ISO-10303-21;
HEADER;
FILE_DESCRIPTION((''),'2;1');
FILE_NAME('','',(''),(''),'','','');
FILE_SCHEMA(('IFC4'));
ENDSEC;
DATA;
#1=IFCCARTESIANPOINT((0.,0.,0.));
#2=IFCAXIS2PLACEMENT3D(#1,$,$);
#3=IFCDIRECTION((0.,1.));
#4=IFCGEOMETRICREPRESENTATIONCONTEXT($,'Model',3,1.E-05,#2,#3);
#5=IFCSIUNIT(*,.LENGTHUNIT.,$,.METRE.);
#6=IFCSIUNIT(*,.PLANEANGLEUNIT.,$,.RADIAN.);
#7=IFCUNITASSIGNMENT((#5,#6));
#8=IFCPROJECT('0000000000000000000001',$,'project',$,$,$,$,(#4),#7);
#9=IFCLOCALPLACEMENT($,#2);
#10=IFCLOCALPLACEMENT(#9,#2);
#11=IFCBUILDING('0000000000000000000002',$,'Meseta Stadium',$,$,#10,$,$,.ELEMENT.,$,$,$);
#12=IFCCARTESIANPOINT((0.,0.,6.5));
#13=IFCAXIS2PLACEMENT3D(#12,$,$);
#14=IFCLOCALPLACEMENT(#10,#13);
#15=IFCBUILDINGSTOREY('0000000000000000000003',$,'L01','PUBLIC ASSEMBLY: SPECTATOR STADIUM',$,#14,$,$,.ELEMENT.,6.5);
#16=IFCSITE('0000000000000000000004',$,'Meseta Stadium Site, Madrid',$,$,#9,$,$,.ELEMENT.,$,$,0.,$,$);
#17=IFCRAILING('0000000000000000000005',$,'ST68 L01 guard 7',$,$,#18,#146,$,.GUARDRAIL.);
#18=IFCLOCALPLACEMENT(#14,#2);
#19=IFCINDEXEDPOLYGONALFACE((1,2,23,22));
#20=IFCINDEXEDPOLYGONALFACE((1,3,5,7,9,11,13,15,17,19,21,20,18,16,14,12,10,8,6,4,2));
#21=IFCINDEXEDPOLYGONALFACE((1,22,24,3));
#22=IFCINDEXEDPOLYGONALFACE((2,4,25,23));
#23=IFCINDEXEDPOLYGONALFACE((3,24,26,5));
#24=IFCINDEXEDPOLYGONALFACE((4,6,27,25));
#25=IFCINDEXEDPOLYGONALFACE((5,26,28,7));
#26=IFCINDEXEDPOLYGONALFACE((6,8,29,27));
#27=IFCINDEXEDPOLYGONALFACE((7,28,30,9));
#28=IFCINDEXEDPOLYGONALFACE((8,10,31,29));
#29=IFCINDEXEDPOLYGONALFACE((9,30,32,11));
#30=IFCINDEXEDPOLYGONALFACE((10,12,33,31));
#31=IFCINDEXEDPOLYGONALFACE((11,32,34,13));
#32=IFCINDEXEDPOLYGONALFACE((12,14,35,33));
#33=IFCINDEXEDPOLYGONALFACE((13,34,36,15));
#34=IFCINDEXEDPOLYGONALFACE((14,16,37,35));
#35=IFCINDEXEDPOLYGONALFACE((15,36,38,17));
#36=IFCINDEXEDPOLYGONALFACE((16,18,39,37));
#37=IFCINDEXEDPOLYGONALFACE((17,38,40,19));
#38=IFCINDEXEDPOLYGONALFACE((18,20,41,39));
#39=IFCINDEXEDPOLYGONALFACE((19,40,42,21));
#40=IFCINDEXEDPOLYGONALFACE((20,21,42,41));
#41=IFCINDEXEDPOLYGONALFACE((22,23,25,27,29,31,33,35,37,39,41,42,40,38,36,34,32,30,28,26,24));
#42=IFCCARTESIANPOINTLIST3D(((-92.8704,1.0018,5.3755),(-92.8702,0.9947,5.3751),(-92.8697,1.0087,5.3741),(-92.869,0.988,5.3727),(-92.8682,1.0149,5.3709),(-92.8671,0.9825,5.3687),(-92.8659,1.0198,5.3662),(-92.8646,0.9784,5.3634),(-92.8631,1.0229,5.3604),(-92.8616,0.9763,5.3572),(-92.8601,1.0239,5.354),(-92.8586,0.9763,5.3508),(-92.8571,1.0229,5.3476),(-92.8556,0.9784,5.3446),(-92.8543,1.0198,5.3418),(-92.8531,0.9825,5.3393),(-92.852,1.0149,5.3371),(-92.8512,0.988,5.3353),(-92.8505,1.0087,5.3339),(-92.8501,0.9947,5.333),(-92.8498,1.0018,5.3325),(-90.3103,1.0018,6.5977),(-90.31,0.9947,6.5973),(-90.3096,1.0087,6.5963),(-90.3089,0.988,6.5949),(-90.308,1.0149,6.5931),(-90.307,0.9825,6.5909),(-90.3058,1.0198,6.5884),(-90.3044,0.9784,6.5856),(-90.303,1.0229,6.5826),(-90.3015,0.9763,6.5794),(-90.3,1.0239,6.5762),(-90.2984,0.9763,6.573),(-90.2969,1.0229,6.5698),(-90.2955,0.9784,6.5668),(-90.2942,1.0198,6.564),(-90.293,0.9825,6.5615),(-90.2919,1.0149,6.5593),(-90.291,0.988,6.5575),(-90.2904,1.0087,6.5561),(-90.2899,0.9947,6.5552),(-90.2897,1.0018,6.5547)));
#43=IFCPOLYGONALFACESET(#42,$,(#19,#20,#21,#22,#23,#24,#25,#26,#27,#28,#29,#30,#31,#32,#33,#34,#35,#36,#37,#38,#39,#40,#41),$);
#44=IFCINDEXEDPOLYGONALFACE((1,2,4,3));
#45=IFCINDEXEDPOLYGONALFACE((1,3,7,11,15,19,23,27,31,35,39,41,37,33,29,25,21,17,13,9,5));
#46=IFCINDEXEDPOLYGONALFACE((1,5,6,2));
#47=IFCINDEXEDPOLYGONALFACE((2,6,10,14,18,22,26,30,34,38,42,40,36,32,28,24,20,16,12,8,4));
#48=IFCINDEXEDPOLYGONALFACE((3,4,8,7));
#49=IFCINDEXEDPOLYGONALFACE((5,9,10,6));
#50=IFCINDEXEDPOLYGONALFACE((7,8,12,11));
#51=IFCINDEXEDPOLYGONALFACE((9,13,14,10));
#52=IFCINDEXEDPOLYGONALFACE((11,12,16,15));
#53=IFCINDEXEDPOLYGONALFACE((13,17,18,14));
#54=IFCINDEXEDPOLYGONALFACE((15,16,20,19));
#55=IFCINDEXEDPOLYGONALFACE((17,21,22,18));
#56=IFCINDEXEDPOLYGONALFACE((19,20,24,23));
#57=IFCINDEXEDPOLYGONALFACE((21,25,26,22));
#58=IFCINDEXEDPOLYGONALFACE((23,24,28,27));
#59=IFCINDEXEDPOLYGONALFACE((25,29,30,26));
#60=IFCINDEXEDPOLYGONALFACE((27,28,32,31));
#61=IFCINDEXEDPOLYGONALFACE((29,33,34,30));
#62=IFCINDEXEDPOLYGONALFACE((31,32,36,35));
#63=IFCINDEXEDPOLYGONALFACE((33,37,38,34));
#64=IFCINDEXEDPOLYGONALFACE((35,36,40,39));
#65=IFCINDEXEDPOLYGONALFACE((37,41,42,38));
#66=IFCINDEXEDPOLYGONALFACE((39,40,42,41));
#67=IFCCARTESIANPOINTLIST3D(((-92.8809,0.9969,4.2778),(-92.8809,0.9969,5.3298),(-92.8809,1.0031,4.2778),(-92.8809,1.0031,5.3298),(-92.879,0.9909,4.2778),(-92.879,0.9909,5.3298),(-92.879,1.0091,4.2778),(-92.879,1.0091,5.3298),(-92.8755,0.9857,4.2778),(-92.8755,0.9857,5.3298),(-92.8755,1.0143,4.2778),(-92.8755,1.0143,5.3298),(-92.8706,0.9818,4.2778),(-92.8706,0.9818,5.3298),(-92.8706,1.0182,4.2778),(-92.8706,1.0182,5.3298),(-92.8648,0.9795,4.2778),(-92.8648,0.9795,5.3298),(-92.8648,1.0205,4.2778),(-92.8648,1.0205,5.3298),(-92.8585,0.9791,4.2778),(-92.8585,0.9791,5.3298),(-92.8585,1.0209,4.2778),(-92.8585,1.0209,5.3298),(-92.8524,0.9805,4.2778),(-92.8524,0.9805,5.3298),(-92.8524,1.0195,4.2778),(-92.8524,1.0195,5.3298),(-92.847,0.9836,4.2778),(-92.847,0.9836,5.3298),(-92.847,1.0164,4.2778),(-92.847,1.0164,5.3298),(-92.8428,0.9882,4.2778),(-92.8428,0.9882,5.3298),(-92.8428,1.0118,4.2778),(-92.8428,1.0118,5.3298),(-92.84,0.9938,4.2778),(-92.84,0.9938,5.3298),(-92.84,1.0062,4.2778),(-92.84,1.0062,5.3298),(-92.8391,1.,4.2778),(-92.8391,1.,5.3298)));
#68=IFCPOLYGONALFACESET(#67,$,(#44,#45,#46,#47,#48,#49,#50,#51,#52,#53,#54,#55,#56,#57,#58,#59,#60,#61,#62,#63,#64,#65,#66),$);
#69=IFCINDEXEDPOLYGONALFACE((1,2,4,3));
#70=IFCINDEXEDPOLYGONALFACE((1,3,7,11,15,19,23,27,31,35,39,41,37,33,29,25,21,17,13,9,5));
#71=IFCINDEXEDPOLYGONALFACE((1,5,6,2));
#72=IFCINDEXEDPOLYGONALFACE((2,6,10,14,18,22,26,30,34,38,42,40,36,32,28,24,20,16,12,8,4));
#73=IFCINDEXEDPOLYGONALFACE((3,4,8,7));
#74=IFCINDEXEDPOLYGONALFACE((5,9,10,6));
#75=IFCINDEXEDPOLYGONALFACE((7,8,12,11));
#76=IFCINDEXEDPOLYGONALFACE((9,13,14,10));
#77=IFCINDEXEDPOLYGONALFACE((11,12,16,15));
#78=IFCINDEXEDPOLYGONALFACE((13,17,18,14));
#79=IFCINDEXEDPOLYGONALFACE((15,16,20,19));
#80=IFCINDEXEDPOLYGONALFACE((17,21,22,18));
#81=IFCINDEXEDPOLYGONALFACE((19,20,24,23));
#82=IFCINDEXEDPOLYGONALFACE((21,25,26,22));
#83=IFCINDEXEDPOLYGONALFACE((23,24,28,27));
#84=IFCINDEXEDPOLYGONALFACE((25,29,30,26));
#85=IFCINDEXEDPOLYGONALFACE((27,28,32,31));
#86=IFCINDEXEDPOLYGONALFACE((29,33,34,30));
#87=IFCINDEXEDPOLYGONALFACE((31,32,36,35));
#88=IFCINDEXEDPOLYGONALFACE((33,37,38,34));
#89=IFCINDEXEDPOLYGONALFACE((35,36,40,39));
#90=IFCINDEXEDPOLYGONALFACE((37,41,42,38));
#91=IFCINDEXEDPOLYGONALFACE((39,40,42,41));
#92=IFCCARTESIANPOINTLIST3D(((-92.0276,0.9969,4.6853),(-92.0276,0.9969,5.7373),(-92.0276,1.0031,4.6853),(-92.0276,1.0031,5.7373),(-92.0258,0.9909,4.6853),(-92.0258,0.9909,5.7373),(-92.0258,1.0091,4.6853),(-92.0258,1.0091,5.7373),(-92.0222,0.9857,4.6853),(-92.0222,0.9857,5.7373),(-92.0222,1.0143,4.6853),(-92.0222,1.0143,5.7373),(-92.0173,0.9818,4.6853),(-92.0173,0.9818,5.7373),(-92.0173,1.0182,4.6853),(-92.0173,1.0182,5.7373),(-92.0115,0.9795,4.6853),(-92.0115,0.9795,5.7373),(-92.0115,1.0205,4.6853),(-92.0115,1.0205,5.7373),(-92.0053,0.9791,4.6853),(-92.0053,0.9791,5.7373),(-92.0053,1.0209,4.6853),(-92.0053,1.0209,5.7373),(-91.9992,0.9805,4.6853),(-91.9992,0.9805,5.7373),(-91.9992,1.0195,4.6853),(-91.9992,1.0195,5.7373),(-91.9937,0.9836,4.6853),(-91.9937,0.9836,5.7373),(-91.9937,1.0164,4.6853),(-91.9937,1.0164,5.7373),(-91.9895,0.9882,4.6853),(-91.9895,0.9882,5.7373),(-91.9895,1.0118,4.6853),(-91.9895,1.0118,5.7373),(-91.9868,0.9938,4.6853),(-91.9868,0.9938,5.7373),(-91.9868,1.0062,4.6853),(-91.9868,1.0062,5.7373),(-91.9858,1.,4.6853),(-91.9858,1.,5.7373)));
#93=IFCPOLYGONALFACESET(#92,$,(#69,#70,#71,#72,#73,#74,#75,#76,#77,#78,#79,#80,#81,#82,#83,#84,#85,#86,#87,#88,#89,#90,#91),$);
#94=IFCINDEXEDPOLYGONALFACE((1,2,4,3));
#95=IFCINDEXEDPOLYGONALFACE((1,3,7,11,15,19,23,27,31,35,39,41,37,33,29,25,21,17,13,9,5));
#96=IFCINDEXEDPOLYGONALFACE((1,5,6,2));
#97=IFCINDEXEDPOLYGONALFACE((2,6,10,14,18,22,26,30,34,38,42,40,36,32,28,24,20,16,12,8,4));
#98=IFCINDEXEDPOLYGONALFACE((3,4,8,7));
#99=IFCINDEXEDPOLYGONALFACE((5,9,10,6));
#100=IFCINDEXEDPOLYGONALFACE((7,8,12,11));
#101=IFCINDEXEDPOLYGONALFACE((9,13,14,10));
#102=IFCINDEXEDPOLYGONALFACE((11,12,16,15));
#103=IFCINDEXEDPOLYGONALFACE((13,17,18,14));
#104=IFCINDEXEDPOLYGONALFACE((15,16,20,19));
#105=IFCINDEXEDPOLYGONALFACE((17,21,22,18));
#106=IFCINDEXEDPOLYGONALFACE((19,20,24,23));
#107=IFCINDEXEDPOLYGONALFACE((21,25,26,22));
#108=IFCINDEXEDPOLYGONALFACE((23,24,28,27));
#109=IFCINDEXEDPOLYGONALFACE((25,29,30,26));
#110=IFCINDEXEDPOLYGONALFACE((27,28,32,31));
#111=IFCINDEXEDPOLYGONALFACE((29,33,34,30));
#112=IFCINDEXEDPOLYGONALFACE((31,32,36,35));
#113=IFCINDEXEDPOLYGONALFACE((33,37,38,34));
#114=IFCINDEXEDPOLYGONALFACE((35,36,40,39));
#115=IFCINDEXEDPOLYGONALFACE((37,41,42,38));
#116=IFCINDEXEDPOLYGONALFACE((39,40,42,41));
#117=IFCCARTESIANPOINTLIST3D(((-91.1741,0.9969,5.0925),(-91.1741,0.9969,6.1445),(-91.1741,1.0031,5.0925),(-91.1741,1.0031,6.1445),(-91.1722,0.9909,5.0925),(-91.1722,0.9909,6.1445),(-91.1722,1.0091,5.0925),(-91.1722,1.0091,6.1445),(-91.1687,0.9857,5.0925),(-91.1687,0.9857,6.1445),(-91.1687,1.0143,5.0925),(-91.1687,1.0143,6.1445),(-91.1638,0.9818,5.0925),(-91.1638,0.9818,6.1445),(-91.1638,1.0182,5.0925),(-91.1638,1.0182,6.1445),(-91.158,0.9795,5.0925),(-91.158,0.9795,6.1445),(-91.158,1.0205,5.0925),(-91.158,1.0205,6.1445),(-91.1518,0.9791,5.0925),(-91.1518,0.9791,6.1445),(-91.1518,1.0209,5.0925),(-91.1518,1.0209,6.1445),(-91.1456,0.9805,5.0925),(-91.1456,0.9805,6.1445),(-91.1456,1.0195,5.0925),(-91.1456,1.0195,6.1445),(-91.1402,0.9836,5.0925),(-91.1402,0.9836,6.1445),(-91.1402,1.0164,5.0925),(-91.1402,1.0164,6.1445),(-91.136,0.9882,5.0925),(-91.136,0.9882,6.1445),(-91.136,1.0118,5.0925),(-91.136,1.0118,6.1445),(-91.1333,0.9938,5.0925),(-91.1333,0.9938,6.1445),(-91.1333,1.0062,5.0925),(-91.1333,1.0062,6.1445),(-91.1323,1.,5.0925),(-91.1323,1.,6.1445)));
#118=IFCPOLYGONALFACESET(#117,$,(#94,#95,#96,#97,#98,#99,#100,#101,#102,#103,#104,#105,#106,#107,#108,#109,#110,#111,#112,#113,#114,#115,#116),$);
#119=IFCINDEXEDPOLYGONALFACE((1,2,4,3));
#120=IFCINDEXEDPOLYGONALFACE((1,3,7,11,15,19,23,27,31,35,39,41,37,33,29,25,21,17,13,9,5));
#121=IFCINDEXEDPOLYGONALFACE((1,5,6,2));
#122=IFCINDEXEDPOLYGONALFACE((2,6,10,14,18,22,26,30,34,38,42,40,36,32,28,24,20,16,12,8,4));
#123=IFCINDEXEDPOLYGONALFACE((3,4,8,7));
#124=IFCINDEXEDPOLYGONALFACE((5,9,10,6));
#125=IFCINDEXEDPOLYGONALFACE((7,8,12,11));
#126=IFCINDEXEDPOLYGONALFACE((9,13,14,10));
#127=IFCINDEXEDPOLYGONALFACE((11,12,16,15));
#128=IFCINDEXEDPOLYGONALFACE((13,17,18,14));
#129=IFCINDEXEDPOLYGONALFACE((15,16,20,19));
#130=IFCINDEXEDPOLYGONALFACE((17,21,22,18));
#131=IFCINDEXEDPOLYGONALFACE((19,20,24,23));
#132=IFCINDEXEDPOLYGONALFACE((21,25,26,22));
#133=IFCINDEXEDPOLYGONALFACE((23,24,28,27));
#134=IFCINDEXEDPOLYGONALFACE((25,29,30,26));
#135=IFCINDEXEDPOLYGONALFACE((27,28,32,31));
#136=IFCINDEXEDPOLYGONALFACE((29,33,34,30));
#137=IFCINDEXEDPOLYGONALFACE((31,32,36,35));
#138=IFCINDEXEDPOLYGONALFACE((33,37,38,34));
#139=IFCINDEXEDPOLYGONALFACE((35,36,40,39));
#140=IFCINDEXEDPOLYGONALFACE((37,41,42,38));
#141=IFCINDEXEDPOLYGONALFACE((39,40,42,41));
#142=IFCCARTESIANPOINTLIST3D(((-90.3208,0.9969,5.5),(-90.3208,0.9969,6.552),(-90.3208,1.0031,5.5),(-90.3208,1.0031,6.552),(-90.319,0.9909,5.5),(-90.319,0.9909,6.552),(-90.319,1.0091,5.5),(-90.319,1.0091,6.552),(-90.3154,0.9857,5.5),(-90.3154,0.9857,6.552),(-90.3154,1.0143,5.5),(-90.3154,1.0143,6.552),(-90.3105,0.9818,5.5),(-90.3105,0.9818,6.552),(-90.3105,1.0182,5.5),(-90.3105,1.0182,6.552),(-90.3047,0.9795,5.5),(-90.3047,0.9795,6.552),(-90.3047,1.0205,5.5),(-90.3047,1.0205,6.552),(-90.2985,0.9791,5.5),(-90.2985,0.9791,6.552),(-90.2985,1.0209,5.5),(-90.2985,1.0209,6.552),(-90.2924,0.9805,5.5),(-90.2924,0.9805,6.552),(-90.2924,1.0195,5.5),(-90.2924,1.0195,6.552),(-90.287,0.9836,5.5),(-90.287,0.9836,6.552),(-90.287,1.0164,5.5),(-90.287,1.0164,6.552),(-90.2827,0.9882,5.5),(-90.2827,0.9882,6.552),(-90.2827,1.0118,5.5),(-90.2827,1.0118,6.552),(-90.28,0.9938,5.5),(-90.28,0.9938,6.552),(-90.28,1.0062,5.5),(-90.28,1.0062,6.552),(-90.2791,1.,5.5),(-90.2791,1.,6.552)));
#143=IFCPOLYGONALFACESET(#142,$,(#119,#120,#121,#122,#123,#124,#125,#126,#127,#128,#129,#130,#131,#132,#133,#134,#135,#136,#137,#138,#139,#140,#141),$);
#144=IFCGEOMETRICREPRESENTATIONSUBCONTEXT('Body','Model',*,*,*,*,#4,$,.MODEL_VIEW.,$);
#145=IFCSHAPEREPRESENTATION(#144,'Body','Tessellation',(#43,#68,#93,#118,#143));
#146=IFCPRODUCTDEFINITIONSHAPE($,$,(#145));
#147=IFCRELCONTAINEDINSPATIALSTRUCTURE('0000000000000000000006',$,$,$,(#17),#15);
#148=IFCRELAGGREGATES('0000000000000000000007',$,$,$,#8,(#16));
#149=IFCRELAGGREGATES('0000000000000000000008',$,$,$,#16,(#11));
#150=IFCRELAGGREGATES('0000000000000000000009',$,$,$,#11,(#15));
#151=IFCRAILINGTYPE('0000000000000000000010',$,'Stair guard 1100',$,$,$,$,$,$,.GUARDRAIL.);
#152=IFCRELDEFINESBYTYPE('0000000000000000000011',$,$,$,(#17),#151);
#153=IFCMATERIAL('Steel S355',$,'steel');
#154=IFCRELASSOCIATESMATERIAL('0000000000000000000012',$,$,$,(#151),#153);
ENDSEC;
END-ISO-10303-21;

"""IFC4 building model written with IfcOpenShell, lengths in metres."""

from ifc_helpers import new_model, si_unit, direction, frame, origin, origin_2d, place, context, subcontext, project, spatial, circle, extrude, material, type_object, element, save


model = new_model("IFC4")

# Units and contexts
model_context = context("Model", 3, precision=1e-05, world=origin(), true_north=direction((0.0, 1.0)))
body_context = subcontext(model_context, "Body", "Model", "MODEL_VIEW")
ifc_project = project(units=[si_unit("LENGTHUNIT", "METRE"), si_unit("PLANEANGLEUNIT", "RADIAN")], contexts=[model_context])

# Site, building, storey
site_placement = place(None, origin())
site = spatial("IfcSite", under=ifc_project, at=site_placement, Name="Meseta Stadium Site, Madrid", CompositionType="ELEMENT", RefElevation=0.0)
building_placement = place(site_placement, origin())
building = spatial("IfcBuilding", under=site, at=building_placement, Name="Meseta Stadium", CompositionType="ELEMENT")
storey_placement = place(building_placement, frame((0.0, 0.0, 6.5)))
storey = spatial("IfcBuildingStorey", under=building, at=storey_placement, Name="L01", Description="PUBLIC ASSEMBLY: SPECTATOR STADIUM", CompositionType="ELEMENT", Elevation=6.5)

# Railing
ifc_material_1 = material(Name="Steel S355", Category="steel")
railing_type_1 = type_object("IfcRailingType", Name="Stair guard 1100", PredefinedType="GUARDRAIL", material=ifc_material_1)
railing_1_placement = place(storey_placement, frame((-92.8601, 1.0, 4.2778)))
element("IfcRailing", 1, at=railing_1_placement, inside=storey, type_object=railing_type_1, Name="ST68 L01 guard 7", PredefinedType="GUARDRAIL", context=body_context, shape_type="SweptSolid", body=[
    extrude(circle(Radius=0.0239, at=origin_2d()), frame((0.0, 0.0, 1.0762), z_axis=(0.902437, 0.0, 0.430822), x_axis=(0.0, 1.0, 0.0)), (0.0, 0.0, 1.0), 2.8369),
    extrude(circle(Radius=0.021, at=origin_2d()), origin(), (0.0, 0.0, 1.0), 1.052),
    extrude(circle(Radius=0.021, at=origin_2d()), frame((0.8533, 0.0, 0.4075)), (0.0, 0.0, 1.0), 1.052),
    extrude(circle(Radius=0.021, at=origin_2d()), frame((1.7068, 0.0, 0.8147)), (0.0, 0.0, 1.0), 1.052),
    extrude(circle(Radius=0.021, at=origin_2d()), frame((2.5601, 0.0, 1.2222)), (0.0, 0.0, 1.0), 1.052),
])

save(model, "model.ifc")
